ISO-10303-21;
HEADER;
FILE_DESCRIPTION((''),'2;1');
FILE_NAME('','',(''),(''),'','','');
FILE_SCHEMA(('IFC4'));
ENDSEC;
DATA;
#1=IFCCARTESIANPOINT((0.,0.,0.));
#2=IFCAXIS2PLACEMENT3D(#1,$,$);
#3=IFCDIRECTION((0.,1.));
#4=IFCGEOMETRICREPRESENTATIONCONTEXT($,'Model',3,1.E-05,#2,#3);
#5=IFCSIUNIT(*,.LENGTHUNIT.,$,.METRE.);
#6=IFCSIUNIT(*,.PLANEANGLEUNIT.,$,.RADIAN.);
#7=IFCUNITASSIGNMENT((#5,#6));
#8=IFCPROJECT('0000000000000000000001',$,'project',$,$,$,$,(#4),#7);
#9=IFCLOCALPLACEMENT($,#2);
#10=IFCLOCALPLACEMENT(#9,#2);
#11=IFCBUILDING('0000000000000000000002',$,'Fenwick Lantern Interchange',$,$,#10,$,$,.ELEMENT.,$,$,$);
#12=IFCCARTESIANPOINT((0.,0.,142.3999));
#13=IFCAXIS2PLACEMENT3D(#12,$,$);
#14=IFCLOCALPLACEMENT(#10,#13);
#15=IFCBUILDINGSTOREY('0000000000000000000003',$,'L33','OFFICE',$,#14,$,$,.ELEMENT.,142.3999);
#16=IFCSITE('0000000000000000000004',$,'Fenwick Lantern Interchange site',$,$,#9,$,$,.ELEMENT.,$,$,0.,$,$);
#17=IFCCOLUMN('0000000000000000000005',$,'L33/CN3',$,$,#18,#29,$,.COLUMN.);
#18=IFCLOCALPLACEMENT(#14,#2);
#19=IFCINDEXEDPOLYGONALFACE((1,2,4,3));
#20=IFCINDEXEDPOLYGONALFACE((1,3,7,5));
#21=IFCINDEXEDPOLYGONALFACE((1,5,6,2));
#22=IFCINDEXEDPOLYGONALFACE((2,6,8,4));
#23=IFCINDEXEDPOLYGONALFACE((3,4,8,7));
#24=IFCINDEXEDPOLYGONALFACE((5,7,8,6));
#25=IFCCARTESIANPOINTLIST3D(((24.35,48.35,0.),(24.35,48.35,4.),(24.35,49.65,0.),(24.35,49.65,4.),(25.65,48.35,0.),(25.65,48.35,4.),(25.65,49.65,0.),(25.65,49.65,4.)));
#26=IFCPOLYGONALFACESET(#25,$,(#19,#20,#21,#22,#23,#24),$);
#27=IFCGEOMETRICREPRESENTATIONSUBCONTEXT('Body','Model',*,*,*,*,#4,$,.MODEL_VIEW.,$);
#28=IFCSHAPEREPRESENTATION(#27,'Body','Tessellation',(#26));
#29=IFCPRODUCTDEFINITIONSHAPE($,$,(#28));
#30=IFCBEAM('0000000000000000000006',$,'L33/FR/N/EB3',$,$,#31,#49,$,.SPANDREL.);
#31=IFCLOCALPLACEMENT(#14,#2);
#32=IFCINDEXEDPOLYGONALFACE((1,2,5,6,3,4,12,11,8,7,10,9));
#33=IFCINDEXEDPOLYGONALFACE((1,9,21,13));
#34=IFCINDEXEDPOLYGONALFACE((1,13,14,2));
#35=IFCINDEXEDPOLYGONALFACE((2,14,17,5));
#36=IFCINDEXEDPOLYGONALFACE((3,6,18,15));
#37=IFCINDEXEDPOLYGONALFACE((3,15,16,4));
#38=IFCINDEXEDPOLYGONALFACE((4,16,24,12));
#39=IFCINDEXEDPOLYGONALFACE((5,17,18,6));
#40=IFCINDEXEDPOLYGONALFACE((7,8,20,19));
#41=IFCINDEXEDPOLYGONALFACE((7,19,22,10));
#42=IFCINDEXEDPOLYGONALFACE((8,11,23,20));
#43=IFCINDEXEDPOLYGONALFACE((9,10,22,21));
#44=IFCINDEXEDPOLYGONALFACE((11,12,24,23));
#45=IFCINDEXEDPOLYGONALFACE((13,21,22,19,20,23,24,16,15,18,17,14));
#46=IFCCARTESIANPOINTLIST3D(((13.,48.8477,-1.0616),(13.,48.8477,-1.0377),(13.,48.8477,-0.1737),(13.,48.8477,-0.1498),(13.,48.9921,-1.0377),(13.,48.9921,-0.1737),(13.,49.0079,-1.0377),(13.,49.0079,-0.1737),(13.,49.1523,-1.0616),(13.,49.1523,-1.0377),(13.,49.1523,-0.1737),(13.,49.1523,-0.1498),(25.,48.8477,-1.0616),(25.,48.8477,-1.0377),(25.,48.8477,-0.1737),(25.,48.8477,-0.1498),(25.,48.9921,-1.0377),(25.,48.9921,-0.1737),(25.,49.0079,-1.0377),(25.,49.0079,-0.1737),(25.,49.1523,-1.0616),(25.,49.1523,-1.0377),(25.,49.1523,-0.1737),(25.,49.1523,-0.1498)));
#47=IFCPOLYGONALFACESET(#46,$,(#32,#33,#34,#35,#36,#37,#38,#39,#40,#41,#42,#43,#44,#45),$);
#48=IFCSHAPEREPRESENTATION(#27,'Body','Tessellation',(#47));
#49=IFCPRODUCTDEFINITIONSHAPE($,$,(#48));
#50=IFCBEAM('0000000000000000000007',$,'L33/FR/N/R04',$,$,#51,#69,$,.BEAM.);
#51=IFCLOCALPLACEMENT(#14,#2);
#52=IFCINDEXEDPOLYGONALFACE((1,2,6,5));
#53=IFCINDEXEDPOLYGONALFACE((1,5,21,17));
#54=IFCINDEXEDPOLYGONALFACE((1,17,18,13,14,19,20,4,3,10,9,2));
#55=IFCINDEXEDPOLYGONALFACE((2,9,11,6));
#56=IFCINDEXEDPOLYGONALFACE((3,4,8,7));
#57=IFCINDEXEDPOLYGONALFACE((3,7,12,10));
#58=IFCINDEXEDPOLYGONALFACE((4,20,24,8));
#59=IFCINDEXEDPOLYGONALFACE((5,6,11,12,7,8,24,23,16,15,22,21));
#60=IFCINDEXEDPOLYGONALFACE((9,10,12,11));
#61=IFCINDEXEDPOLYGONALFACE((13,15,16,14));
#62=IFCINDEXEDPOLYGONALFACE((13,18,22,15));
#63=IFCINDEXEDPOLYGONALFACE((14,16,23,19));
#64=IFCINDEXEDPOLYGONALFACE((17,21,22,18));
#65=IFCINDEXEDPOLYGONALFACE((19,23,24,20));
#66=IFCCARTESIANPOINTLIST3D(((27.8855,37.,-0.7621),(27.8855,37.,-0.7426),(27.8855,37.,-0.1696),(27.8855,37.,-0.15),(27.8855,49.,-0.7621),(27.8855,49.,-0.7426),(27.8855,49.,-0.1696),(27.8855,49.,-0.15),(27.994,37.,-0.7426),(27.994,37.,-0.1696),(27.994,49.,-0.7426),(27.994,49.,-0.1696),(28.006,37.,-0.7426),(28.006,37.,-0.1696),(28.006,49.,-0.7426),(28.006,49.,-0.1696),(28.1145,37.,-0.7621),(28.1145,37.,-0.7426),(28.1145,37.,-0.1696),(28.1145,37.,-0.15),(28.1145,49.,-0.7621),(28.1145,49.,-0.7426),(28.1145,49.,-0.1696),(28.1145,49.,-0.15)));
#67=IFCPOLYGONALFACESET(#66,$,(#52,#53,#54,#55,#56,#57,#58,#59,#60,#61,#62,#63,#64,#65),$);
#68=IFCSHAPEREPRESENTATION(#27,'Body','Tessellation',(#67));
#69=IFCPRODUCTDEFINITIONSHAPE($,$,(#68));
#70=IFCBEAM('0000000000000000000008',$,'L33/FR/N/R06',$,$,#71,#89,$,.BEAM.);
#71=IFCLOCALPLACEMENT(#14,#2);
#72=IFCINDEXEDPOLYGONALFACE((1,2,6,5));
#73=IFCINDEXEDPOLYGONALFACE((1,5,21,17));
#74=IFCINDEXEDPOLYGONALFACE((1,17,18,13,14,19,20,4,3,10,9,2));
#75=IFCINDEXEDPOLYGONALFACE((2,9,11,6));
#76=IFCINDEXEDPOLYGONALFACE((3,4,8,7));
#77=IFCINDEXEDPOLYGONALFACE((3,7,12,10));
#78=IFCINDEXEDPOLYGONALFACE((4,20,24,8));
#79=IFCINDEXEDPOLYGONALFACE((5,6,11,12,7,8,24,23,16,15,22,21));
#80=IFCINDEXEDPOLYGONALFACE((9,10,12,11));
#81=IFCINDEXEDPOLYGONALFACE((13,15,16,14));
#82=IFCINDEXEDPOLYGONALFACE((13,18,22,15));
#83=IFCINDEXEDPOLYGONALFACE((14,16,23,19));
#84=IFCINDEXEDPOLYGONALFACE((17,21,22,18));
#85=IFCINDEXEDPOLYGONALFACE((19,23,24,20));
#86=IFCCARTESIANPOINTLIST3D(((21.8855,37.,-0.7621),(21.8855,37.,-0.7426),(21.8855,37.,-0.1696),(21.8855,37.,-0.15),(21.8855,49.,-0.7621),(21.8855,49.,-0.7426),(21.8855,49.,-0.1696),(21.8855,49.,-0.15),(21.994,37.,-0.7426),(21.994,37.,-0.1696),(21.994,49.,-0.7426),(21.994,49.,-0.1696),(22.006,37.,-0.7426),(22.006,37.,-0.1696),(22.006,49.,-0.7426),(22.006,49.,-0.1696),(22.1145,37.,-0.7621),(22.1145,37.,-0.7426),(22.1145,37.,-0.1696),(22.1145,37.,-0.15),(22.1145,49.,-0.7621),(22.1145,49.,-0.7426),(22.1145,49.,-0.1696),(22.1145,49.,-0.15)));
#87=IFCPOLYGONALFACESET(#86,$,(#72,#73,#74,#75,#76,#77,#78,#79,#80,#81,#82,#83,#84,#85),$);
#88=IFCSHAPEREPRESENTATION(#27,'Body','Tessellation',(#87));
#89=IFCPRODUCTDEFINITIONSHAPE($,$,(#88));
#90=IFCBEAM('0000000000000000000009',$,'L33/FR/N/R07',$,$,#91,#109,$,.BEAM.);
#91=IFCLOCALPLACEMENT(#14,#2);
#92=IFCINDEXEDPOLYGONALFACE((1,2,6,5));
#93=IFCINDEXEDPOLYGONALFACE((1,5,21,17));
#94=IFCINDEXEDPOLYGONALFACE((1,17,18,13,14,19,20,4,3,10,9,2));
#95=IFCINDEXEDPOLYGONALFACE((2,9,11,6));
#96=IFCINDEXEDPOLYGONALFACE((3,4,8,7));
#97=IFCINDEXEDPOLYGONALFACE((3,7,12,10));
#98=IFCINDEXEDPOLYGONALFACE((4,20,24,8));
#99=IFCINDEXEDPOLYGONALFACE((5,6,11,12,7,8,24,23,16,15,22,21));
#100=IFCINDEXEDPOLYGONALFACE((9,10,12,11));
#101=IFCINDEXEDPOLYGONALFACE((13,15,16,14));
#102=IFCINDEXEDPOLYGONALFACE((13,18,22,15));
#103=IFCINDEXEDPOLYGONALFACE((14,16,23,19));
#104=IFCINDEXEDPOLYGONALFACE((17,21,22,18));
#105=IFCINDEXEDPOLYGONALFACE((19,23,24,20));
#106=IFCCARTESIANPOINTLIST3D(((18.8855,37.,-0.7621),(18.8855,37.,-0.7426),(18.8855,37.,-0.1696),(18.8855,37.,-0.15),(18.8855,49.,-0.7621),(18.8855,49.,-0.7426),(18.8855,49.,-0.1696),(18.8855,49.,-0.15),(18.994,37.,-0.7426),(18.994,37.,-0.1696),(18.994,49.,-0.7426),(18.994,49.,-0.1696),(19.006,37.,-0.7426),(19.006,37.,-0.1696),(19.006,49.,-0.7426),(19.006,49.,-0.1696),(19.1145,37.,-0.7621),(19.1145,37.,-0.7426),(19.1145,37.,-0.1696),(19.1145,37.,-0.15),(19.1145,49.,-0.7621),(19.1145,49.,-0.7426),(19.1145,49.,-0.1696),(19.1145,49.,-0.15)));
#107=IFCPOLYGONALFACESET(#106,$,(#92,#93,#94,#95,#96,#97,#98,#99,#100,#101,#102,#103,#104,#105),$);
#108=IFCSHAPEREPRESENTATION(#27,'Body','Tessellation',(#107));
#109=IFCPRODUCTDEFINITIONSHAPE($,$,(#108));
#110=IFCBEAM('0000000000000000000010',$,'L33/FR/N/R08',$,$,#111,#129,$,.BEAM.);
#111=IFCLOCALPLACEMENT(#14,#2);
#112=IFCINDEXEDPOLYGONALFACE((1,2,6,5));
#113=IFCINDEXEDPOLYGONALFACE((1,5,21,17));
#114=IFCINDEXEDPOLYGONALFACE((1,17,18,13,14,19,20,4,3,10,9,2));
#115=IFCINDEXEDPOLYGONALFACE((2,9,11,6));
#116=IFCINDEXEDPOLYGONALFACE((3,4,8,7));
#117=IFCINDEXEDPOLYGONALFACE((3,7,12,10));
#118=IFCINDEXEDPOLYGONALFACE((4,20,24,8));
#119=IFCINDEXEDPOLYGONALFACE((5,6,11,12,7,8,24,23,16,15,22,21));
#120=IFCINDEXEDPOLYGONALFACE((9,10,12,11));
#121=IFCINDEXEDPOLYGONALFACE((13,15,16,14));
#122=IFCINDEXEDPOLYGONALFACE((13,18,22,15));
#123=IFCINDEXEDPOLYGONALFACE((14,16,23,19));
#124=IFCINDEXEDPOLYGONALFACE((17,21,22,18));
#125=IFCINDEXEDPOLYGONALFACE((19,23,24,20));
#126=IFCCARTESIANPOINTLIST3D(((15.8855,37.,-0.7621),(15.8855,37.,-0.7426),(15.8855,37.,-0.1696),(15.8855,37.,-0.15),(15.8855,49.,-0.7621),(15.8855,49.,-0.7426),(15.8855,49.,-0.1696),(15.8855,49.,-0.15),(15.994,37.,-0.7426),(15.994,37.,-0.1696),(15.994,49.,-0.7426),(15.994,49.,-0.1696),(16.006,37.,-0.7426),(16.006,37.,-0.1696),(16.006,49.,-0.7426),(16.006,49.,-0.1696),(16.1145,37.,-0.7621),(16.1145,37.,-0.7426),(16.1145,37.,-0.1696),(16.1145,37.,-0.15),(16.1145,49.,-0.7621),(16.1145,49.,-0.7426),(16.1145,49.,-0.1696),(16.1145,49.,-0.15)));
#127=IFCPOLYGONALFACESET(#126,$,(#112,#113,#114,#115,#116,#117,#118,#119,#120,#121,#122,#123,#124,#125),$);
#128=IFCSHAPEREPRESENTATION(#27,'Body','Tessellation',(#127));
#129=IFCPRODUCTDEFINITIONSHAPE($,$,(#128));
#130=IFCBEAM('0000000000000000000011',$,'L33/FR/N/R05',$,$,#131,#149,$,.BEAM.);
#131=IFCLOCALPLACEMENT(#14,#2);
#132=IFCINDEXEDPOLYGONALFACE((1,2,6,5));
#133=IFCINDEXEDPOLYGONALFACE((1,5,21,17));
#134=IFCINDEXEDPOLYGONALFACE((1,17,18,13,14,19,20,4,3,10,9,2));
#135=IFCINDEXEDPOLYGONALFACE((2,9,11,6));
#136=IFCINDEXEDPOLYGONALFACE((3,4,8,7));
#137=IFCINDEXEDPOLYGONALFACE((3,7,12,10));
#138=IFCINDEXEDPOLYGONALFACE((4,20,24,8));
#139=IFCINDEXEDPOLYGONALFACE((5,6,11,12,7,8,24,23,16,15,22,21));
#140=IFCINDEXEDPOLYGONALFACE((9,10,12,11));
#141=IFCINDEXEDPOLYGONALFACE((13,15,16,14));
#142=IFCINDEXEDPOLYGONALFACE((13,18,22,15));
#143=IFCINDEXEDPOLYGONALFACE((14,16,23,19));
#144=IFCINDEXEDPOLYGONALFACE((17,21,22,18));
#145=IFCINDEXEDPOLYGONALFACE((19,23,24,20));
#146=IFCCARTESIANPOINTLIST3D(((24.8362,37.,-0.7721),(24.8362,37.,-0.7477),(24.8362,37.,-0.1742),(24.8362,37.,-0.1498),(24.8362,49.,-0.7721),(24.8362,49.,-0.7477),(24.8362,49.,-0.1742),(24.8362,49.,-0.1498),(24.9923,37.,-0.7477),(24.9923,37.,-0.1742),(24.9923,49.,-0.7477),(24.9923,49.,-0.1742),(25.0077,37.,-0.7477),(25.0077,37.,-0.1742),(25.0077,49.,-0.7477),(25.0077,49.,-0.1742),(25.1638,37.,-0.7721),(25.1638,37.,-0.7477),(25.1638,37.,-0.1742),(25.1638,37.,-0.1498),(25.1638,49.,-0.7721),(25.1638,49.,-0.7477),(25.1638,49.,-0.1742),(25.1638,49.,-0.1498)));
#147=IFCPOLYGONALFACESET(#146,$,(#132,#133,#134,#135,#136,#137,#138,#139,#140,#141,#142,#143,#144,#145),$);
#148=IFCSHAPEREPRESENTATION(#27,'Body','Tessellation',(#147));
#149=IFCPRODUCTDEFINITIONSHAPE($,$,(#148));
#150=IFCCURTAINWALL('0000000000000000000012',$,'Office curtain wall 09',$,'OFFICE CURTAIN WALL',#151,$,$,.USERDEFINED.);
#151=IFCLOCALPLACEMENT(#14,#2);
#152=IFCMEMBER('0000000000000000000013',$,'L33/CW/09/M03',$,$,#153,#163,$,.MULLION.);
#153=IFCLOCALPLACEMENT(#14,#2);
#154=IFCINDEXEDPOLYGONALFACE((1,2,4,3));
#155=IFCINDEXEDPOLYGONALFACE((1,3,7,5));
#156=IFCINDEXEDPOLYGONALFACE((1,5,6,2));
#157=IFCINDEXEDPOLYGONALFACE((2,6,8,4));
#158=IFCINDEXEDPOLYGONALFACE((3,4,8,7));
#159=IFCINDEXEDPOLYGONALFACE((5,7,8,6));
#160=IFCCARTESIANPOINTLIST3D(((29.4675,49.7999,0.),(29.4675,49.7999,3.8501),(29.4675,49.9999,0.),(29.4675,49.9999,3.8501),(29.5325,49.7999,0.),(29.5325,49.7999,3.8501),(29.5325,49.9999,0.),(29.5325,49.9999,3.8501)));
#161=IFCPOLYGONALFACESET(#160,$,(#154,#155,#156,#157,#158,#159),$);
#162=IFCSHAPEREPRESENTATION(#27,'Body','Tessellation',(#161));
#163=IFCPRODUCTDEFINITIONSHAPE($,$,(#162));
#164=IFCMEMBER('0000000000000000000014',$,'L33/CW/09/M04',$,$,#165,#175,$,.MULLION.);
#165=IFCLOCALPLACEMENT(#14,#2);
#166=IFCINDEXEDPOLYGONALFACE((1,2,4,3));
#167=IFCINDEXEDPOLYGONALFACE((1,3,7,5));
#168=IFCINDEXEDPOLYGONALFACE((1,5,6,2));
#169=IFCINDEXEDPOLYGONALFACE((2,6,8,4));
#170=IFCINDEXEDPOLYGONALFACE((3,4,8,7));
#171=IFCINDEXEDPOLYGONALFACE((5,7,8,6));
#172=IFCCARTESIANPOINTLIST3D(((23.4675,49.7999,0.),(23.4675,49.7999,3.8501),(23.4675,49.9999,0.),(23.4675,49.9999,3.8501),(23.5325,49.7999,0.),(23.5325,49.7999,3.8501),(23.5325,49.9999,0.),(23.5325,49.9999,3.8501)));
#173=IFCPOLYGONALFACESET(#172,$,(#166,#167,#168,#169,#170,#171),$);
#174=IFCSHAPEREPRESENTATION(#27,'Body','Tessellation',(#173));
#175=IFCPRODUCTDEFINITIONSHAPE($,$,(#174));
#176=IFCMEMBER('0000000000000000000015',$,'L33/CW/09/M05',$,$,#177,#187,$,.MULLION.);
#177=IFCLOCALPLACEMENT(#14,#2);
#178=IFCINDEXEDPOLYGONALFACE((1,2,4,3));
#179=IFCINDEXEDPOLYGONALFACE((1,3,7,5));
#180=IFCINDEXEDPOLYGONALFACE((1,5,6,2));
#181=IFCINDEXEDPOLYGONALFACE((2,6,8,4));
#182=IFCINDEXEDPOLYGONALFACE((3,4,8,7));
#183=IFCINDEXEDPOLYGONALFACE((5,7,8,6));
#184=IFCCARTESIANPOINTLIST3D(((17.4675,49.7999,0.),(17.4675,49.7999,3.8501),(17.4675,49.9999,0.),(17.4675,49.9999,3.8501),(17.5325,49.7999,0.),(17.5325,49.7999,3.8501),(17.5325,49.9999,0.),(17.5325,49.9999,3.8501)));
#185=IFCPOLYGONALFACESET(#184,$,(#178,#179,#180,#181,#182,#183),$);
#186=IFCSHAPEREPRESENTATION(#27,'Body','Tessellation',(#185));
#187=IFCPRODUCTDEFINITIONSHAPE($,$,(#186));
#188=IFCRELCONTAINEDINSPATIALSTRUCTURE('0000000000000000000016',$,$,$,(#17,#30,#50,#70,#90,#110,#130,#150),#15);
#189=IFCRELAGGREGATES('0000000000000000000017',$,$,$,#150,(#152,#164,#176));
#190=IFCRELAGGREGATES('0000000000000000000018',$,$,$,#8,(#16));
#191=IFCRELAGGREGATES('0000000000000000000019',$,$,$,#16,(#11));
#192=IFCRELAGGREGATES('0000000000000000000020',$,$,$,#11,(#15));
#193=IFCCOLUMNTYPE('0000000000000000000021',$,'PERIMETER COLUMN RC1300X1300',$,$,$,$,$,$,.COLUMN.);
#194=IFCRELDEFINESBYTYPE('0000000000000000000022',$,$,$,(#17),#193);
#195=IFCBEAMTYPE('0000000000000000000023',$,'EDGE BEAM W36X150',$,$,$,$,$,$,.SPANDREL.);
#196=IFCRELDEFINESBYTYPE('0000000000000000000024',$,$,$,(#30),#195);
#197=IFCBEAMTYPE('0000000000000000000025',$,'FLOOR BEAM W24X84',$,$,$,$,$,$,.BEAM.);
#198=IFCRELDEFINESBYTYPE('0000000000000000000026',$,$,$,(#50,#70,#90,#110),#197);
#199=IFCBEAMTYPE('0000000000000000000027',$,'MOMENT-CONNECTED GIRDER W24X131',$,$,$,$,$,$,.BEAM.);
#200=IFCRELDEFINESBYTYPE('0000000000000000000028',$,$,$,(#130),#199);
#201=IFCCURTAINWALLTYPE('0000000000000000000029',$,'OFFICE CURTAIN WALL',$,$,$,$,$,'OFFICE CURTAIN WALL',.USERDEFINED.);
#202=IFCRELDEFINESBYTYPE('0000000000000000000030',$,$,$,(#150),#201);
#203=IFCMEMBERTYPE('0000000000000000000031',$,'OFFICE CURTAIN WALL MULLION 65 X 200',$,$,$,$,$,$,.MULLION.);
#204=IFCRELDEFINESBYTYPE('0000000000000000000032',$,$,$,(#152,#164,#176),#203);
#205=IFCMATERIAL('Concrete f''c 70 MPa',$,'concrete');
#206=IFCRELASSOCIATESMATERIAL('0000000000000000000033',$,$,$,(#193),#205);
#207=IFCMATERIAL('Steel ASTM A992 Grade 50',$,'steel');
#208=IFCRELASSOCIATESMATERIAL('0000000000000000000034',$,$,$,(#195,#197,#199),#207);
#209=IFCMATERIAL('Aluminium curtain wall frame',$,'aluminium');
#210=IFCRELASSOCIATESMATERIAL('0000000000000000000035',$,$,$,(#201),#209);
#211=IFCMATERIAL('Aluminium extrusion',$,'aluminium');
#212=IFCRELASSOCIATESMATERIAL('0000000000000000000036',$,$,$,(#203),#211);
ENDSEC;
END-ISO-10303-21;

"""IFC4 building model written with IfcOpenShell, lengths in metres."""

from ifc_helpers import new_model, si_unit, direction, frame, origin, origin_2d, place, context, subcontext, project, spatial, rectangle, i_section, extrude, material, material_profile, profile_set, type_object, element, aggregate, save


model = new_model("IFC4")

# Units and contexts
model_context = context("Model", 3, precision=1e-05, world=origin(), true_north=direction((0.0, 1.0)))
body_context = subcontext(model_context, "Body", "Model", "MODEL_VIEW")
ifc_project = project(units=[si_unit("LENGTHUNIT", "METRE"), si_unit("PLANEANGLEUNIT", "RADIAN")], contexts=[model_context])

# Site, building, storey
site_placement = place(None, origin())
site = spatial("IfcSite", under=ifc_project, at=site_placement, Name="Fenwick Lantern Interchange site", CompositionType="ELEMENT", RefElevation=0.0)
building_placement = place(site_placement, origin())
building = spatial("IfcBuilding", under=site, at=building_placement, Name="Fenwick Lantern Interchange", CompositionType="ELEMENT")
storey_placement = place(building_placement, frame((0.0, 0.0, 142.3999)))
storey = spatial("IfcBuildingStorey", under=building, at=storey_placement, Name="L33", Description="OFFICE", CompositionType="ELEMENT", Elevation=142.3999)

# Column
ifc_material_1 = material(Name="Concrete f'c 70 MPa", Category="concrete")
ifc_material_profile_1 = material_profile(ifc_material_1, rectangle(XDim=1.3, YDim=1.3, at=origin_2d()), Name="RC1300X1300")
ifc_profile_set_1 = profile_set([ifc_material_profile_1], Name="Concrete f'c 70 MPa")
column_type = type_object("IfcColumnType", Name="PERIMETER COLUMN RC1300X1300", PredefinedType="COLUMN", material=ifc_profile_set_1)
column_placement = place(storey_placement, frame((25.0, 49.0, 0.0), z_axis=(0.0, 0.0, 1.0), x_axis=(1.0, 0.0, 0.0)))
element("IfcColumn", 1, at=column_placement, inside=storey, type_object=column_type, Name="L33/CN3", PredefinedType="COLUMN", context=body_context, shape_type="SweptSolid", body=[
    extrude(rectangle(XDim=1.3, YDim=1.3, at=origin_2d()), origin(), (0.0, 0.0, 1.0), 4.0),
])

# Beams
ifc_material_2 = material(Name="Steel ASTM A992 Grade 50", Category="steel")
ifc_material_profile_2 = material_profile(ifc_material_2, i_section(OverallWidth=0.3047, OverallDepth=0.9119, WebThickness=0.0159, FlangeThickness=0.0239, at=origin_2d()), Name="W36X150")
ifc_profile_set_2 = profile_set([ifc_material_profile_2], Name="Steel ASTM A992 Grade 50")
beam_type_1 = type_object("IfcBeamType", Name="EDGE BEAM W36X150", PredefinedType="SPANDREL", material=ifc_profile_set_2)
beam_1_placement = place(storey_placement, frame((25.0, 49.0, -0.6057), z_axis=(-1.0, 0.0, 0.0), x_axis=(0.0, -1.0, 0.0)))
element("IfcBeam", 2, at=beam_1_placement, inside=storey, type_object=beam_type_1, Name="L33/FR/N/EB3", PredefinedType="SPANDREL", context=body_context, shape_type="SweptSolid", body=[
    extrude(i_section(OverallWidth=0.3047, OverallDepth=0.9119, WebThickness=0.0159, FlangeThickness=0.0239, at=origin_2d()), origin(), (0.0, 0.0, 1.0), 12.0),
])
ifc_material_profile_3 = material_profile(ifc_material_2, i_section(OverallWidth=0.229, OverallDepth=0.6121, WebThickness=0.012, FlangeThickness=0.0195, at=origin_2d()), Name="W24X84")
ifc_profile_set_3 = profile_set([ifc_material_profile_3], Name="Steel ASTM A992 Grade 50")
beam_type_2 = type_object("IfcBeamType", Name="FLOOR BEAM W24X84", PredefinedType="BEAM", material=ifc_profile_set_3)
for number, where, z_axis, x_axis, name in (
    (3, (28.0, 49.0, -0.4561), (0.0, -1.0, 0.0), (1.0, 0.0, 0.0), "L33/FR/N/R04"),
    (4, (22.0, 49.0, -0.4561), (0.0, -1.0, 0.0), (1.0, 0.0, 0.0), "L33/FR/N/R06"),
    (5, (19.0, 49.0, -0.4561), (0.0, -1.0, 0.0), (1.0, 0.0, 0.0), "L33/FR/N/R07"),
    (6, (16.0, 49.0, -0.4561), (0.0, -1.0, 0.0), (1.0, 0.0, 0.0), "L33/FR/N/R08"),
):
    element("IfcBeam", number, at=place(storey_placement, frame(where, z_axis=z_axis, x_axis=x_axis)), inside=storey, type_object=beam_type_2, Name=name, PredefinedType="BEAM", context=body_context, shape_type="SweptSolid", body=[
        extrude(i_section(OverallWidth=0.229, OverallDepth=0.6121, WebThickness=0.012, FlangeThickness=0.0195, at=origin_2d()), origin(), (0.0, 0.0, 1.0), 12.0),
    ])
ifc_material_profile_4 = material_profile(ifc_material_2, i_section(OverallWidth=0.3276, OverallDepth=0.6223, WebThickness=0.0154, FlangeThickness=0.0244, at=origin_2d()), Name="W24X131")
ifc_profile_set_4 = profile_set([ifc_material_profile_4], Name="Steel ASTM A992 Grade 50")
beam_type_3 = type_object("IfcBeamType", Name="MOMENT-CONNECTED GIRDER W24X131", PredefinedType="BEAM", material=ifc_profile_set_4)
beam_2_placement = place(storey_placement, frame((25.0, 49.0, -0.4609), z_axis=(0.0, -1.0, 0.0), x_axis=(1.0, 0.0, 0.0)))
element("IfcBeam", 7, at=beam_2_placement, inside=storey, type_object=beam_type_3, Name="L33/FR/N/R05", PredefinedType="BEAM", context=body_context, shape_type="SweptSolid", body=[
    extrude(i_section(OverallWidth=0.3276, OverallDepth=0.6223, WebThickness=0.0154, FlangeThickness=0.0244, at=origin_2d()), origin(), (0.0, 0.0, 1.0), 12.0),
])

# Curtain wall, members
ifc_material_3 = material(Name="Aluminium curtain wall frame", Category="aluminium")
curtain_wall_type = type_object("IfcCurtainWallType", Name="OFFICE CURTAIN WALL", ElementType="OFFICE CURTAIN WALL", PredefinedType="USERDEFINED", material=ifc_material_3)
curtain_wall_placement = place(storey_placement, origin())
curtain_wall = element("IfcCurtainWall", 8, at=curtain_wall_placement, inside=storey, type_object=curtain_wall_type, Name="Office curtain wall 09", ObjectType="OFFICE CURTAIN WALL", PredefinedType="USERDEFINED")
ifc_material_4 = material(Name="Aluminium extrusion", Category="aluminium")
ifc_material_profile_5 = material_profile(ifc_material_4, rectangle(XDim=0.2, YDim=0.0649, at=origin_2d()), Name="OFFICE CURTAIN WALL MULLION 65 X 200")
ifc_profile_set_5 = profile_set([ifc_material_profile_5], Name="Aluminium extrusion")
member_type_1 = type_object("IfcMemberType", Name="OFFICE CURTAIN WALL MULLION 65 X 200", PredefinedType="MULLION", material=ifc_profile_set_5)
member_1_placement = place(storey_placement, frame((29.5, 49.8999, 0.0), z_axis=(0.0, 0.0, 1.0), x_axis=(0.0, -1.0, 0.0)))
member_1 = element("IfcMember", 9, at=member_1_placement, type_object=member_type_1, Name="L33/CW/09/M03", PredefinedType="MULLION", context=body_context, shape_type="SweptSolid", body=[
    extrude(rectangle(XDim=0.2, YDim=0.0649, at=origin_2d()), origin(), (0.0, 0.0, 1.0), 3.8501),
])
member_2_placement = place(storey_placement, frame((23.5, 49.8999, 0.0), z_axis=(0.0, 0.0, 1.0), x_axis=(0.0, -1.0, 0.0)))
member_2 = element("IfcMember", 10, at=member_2_placement, type_object=member_type_1, Name="L33/CW/09/M04", PredefinedType="MULLION", context=body_context, shape_type="SweptSolid", body=[
    extrude(rectangle(XDim=0.2, YDim=0.0649, at=origin_2d()), origin(), (0.0, 0.0, 1.0), 3.8501),
])
member_3_placement = place(storey_placement, frame((17.5, 49.8999, 0.0), z_axis=(0.0, 0.0, 1.0), x_axis=(0.0, -1.0, 0.0)))
member_3 = element("IfcMember", 11, at=member_3_placement, type_object=member_type_1, Name="L33/CW/09/M05", PredefinedType="MULLION", context=body_context, shape_type="SweptSolid", body=[
    extrude(rectangle(XDim=0.2, YDim=0.0649, at=origin_2d()), origin(), (0.0, 0.0, 1.0), 3.8501),
])
aggregate(curtain_wall, [member_1, member_2, member_3])

save(model, "model.ifc")
